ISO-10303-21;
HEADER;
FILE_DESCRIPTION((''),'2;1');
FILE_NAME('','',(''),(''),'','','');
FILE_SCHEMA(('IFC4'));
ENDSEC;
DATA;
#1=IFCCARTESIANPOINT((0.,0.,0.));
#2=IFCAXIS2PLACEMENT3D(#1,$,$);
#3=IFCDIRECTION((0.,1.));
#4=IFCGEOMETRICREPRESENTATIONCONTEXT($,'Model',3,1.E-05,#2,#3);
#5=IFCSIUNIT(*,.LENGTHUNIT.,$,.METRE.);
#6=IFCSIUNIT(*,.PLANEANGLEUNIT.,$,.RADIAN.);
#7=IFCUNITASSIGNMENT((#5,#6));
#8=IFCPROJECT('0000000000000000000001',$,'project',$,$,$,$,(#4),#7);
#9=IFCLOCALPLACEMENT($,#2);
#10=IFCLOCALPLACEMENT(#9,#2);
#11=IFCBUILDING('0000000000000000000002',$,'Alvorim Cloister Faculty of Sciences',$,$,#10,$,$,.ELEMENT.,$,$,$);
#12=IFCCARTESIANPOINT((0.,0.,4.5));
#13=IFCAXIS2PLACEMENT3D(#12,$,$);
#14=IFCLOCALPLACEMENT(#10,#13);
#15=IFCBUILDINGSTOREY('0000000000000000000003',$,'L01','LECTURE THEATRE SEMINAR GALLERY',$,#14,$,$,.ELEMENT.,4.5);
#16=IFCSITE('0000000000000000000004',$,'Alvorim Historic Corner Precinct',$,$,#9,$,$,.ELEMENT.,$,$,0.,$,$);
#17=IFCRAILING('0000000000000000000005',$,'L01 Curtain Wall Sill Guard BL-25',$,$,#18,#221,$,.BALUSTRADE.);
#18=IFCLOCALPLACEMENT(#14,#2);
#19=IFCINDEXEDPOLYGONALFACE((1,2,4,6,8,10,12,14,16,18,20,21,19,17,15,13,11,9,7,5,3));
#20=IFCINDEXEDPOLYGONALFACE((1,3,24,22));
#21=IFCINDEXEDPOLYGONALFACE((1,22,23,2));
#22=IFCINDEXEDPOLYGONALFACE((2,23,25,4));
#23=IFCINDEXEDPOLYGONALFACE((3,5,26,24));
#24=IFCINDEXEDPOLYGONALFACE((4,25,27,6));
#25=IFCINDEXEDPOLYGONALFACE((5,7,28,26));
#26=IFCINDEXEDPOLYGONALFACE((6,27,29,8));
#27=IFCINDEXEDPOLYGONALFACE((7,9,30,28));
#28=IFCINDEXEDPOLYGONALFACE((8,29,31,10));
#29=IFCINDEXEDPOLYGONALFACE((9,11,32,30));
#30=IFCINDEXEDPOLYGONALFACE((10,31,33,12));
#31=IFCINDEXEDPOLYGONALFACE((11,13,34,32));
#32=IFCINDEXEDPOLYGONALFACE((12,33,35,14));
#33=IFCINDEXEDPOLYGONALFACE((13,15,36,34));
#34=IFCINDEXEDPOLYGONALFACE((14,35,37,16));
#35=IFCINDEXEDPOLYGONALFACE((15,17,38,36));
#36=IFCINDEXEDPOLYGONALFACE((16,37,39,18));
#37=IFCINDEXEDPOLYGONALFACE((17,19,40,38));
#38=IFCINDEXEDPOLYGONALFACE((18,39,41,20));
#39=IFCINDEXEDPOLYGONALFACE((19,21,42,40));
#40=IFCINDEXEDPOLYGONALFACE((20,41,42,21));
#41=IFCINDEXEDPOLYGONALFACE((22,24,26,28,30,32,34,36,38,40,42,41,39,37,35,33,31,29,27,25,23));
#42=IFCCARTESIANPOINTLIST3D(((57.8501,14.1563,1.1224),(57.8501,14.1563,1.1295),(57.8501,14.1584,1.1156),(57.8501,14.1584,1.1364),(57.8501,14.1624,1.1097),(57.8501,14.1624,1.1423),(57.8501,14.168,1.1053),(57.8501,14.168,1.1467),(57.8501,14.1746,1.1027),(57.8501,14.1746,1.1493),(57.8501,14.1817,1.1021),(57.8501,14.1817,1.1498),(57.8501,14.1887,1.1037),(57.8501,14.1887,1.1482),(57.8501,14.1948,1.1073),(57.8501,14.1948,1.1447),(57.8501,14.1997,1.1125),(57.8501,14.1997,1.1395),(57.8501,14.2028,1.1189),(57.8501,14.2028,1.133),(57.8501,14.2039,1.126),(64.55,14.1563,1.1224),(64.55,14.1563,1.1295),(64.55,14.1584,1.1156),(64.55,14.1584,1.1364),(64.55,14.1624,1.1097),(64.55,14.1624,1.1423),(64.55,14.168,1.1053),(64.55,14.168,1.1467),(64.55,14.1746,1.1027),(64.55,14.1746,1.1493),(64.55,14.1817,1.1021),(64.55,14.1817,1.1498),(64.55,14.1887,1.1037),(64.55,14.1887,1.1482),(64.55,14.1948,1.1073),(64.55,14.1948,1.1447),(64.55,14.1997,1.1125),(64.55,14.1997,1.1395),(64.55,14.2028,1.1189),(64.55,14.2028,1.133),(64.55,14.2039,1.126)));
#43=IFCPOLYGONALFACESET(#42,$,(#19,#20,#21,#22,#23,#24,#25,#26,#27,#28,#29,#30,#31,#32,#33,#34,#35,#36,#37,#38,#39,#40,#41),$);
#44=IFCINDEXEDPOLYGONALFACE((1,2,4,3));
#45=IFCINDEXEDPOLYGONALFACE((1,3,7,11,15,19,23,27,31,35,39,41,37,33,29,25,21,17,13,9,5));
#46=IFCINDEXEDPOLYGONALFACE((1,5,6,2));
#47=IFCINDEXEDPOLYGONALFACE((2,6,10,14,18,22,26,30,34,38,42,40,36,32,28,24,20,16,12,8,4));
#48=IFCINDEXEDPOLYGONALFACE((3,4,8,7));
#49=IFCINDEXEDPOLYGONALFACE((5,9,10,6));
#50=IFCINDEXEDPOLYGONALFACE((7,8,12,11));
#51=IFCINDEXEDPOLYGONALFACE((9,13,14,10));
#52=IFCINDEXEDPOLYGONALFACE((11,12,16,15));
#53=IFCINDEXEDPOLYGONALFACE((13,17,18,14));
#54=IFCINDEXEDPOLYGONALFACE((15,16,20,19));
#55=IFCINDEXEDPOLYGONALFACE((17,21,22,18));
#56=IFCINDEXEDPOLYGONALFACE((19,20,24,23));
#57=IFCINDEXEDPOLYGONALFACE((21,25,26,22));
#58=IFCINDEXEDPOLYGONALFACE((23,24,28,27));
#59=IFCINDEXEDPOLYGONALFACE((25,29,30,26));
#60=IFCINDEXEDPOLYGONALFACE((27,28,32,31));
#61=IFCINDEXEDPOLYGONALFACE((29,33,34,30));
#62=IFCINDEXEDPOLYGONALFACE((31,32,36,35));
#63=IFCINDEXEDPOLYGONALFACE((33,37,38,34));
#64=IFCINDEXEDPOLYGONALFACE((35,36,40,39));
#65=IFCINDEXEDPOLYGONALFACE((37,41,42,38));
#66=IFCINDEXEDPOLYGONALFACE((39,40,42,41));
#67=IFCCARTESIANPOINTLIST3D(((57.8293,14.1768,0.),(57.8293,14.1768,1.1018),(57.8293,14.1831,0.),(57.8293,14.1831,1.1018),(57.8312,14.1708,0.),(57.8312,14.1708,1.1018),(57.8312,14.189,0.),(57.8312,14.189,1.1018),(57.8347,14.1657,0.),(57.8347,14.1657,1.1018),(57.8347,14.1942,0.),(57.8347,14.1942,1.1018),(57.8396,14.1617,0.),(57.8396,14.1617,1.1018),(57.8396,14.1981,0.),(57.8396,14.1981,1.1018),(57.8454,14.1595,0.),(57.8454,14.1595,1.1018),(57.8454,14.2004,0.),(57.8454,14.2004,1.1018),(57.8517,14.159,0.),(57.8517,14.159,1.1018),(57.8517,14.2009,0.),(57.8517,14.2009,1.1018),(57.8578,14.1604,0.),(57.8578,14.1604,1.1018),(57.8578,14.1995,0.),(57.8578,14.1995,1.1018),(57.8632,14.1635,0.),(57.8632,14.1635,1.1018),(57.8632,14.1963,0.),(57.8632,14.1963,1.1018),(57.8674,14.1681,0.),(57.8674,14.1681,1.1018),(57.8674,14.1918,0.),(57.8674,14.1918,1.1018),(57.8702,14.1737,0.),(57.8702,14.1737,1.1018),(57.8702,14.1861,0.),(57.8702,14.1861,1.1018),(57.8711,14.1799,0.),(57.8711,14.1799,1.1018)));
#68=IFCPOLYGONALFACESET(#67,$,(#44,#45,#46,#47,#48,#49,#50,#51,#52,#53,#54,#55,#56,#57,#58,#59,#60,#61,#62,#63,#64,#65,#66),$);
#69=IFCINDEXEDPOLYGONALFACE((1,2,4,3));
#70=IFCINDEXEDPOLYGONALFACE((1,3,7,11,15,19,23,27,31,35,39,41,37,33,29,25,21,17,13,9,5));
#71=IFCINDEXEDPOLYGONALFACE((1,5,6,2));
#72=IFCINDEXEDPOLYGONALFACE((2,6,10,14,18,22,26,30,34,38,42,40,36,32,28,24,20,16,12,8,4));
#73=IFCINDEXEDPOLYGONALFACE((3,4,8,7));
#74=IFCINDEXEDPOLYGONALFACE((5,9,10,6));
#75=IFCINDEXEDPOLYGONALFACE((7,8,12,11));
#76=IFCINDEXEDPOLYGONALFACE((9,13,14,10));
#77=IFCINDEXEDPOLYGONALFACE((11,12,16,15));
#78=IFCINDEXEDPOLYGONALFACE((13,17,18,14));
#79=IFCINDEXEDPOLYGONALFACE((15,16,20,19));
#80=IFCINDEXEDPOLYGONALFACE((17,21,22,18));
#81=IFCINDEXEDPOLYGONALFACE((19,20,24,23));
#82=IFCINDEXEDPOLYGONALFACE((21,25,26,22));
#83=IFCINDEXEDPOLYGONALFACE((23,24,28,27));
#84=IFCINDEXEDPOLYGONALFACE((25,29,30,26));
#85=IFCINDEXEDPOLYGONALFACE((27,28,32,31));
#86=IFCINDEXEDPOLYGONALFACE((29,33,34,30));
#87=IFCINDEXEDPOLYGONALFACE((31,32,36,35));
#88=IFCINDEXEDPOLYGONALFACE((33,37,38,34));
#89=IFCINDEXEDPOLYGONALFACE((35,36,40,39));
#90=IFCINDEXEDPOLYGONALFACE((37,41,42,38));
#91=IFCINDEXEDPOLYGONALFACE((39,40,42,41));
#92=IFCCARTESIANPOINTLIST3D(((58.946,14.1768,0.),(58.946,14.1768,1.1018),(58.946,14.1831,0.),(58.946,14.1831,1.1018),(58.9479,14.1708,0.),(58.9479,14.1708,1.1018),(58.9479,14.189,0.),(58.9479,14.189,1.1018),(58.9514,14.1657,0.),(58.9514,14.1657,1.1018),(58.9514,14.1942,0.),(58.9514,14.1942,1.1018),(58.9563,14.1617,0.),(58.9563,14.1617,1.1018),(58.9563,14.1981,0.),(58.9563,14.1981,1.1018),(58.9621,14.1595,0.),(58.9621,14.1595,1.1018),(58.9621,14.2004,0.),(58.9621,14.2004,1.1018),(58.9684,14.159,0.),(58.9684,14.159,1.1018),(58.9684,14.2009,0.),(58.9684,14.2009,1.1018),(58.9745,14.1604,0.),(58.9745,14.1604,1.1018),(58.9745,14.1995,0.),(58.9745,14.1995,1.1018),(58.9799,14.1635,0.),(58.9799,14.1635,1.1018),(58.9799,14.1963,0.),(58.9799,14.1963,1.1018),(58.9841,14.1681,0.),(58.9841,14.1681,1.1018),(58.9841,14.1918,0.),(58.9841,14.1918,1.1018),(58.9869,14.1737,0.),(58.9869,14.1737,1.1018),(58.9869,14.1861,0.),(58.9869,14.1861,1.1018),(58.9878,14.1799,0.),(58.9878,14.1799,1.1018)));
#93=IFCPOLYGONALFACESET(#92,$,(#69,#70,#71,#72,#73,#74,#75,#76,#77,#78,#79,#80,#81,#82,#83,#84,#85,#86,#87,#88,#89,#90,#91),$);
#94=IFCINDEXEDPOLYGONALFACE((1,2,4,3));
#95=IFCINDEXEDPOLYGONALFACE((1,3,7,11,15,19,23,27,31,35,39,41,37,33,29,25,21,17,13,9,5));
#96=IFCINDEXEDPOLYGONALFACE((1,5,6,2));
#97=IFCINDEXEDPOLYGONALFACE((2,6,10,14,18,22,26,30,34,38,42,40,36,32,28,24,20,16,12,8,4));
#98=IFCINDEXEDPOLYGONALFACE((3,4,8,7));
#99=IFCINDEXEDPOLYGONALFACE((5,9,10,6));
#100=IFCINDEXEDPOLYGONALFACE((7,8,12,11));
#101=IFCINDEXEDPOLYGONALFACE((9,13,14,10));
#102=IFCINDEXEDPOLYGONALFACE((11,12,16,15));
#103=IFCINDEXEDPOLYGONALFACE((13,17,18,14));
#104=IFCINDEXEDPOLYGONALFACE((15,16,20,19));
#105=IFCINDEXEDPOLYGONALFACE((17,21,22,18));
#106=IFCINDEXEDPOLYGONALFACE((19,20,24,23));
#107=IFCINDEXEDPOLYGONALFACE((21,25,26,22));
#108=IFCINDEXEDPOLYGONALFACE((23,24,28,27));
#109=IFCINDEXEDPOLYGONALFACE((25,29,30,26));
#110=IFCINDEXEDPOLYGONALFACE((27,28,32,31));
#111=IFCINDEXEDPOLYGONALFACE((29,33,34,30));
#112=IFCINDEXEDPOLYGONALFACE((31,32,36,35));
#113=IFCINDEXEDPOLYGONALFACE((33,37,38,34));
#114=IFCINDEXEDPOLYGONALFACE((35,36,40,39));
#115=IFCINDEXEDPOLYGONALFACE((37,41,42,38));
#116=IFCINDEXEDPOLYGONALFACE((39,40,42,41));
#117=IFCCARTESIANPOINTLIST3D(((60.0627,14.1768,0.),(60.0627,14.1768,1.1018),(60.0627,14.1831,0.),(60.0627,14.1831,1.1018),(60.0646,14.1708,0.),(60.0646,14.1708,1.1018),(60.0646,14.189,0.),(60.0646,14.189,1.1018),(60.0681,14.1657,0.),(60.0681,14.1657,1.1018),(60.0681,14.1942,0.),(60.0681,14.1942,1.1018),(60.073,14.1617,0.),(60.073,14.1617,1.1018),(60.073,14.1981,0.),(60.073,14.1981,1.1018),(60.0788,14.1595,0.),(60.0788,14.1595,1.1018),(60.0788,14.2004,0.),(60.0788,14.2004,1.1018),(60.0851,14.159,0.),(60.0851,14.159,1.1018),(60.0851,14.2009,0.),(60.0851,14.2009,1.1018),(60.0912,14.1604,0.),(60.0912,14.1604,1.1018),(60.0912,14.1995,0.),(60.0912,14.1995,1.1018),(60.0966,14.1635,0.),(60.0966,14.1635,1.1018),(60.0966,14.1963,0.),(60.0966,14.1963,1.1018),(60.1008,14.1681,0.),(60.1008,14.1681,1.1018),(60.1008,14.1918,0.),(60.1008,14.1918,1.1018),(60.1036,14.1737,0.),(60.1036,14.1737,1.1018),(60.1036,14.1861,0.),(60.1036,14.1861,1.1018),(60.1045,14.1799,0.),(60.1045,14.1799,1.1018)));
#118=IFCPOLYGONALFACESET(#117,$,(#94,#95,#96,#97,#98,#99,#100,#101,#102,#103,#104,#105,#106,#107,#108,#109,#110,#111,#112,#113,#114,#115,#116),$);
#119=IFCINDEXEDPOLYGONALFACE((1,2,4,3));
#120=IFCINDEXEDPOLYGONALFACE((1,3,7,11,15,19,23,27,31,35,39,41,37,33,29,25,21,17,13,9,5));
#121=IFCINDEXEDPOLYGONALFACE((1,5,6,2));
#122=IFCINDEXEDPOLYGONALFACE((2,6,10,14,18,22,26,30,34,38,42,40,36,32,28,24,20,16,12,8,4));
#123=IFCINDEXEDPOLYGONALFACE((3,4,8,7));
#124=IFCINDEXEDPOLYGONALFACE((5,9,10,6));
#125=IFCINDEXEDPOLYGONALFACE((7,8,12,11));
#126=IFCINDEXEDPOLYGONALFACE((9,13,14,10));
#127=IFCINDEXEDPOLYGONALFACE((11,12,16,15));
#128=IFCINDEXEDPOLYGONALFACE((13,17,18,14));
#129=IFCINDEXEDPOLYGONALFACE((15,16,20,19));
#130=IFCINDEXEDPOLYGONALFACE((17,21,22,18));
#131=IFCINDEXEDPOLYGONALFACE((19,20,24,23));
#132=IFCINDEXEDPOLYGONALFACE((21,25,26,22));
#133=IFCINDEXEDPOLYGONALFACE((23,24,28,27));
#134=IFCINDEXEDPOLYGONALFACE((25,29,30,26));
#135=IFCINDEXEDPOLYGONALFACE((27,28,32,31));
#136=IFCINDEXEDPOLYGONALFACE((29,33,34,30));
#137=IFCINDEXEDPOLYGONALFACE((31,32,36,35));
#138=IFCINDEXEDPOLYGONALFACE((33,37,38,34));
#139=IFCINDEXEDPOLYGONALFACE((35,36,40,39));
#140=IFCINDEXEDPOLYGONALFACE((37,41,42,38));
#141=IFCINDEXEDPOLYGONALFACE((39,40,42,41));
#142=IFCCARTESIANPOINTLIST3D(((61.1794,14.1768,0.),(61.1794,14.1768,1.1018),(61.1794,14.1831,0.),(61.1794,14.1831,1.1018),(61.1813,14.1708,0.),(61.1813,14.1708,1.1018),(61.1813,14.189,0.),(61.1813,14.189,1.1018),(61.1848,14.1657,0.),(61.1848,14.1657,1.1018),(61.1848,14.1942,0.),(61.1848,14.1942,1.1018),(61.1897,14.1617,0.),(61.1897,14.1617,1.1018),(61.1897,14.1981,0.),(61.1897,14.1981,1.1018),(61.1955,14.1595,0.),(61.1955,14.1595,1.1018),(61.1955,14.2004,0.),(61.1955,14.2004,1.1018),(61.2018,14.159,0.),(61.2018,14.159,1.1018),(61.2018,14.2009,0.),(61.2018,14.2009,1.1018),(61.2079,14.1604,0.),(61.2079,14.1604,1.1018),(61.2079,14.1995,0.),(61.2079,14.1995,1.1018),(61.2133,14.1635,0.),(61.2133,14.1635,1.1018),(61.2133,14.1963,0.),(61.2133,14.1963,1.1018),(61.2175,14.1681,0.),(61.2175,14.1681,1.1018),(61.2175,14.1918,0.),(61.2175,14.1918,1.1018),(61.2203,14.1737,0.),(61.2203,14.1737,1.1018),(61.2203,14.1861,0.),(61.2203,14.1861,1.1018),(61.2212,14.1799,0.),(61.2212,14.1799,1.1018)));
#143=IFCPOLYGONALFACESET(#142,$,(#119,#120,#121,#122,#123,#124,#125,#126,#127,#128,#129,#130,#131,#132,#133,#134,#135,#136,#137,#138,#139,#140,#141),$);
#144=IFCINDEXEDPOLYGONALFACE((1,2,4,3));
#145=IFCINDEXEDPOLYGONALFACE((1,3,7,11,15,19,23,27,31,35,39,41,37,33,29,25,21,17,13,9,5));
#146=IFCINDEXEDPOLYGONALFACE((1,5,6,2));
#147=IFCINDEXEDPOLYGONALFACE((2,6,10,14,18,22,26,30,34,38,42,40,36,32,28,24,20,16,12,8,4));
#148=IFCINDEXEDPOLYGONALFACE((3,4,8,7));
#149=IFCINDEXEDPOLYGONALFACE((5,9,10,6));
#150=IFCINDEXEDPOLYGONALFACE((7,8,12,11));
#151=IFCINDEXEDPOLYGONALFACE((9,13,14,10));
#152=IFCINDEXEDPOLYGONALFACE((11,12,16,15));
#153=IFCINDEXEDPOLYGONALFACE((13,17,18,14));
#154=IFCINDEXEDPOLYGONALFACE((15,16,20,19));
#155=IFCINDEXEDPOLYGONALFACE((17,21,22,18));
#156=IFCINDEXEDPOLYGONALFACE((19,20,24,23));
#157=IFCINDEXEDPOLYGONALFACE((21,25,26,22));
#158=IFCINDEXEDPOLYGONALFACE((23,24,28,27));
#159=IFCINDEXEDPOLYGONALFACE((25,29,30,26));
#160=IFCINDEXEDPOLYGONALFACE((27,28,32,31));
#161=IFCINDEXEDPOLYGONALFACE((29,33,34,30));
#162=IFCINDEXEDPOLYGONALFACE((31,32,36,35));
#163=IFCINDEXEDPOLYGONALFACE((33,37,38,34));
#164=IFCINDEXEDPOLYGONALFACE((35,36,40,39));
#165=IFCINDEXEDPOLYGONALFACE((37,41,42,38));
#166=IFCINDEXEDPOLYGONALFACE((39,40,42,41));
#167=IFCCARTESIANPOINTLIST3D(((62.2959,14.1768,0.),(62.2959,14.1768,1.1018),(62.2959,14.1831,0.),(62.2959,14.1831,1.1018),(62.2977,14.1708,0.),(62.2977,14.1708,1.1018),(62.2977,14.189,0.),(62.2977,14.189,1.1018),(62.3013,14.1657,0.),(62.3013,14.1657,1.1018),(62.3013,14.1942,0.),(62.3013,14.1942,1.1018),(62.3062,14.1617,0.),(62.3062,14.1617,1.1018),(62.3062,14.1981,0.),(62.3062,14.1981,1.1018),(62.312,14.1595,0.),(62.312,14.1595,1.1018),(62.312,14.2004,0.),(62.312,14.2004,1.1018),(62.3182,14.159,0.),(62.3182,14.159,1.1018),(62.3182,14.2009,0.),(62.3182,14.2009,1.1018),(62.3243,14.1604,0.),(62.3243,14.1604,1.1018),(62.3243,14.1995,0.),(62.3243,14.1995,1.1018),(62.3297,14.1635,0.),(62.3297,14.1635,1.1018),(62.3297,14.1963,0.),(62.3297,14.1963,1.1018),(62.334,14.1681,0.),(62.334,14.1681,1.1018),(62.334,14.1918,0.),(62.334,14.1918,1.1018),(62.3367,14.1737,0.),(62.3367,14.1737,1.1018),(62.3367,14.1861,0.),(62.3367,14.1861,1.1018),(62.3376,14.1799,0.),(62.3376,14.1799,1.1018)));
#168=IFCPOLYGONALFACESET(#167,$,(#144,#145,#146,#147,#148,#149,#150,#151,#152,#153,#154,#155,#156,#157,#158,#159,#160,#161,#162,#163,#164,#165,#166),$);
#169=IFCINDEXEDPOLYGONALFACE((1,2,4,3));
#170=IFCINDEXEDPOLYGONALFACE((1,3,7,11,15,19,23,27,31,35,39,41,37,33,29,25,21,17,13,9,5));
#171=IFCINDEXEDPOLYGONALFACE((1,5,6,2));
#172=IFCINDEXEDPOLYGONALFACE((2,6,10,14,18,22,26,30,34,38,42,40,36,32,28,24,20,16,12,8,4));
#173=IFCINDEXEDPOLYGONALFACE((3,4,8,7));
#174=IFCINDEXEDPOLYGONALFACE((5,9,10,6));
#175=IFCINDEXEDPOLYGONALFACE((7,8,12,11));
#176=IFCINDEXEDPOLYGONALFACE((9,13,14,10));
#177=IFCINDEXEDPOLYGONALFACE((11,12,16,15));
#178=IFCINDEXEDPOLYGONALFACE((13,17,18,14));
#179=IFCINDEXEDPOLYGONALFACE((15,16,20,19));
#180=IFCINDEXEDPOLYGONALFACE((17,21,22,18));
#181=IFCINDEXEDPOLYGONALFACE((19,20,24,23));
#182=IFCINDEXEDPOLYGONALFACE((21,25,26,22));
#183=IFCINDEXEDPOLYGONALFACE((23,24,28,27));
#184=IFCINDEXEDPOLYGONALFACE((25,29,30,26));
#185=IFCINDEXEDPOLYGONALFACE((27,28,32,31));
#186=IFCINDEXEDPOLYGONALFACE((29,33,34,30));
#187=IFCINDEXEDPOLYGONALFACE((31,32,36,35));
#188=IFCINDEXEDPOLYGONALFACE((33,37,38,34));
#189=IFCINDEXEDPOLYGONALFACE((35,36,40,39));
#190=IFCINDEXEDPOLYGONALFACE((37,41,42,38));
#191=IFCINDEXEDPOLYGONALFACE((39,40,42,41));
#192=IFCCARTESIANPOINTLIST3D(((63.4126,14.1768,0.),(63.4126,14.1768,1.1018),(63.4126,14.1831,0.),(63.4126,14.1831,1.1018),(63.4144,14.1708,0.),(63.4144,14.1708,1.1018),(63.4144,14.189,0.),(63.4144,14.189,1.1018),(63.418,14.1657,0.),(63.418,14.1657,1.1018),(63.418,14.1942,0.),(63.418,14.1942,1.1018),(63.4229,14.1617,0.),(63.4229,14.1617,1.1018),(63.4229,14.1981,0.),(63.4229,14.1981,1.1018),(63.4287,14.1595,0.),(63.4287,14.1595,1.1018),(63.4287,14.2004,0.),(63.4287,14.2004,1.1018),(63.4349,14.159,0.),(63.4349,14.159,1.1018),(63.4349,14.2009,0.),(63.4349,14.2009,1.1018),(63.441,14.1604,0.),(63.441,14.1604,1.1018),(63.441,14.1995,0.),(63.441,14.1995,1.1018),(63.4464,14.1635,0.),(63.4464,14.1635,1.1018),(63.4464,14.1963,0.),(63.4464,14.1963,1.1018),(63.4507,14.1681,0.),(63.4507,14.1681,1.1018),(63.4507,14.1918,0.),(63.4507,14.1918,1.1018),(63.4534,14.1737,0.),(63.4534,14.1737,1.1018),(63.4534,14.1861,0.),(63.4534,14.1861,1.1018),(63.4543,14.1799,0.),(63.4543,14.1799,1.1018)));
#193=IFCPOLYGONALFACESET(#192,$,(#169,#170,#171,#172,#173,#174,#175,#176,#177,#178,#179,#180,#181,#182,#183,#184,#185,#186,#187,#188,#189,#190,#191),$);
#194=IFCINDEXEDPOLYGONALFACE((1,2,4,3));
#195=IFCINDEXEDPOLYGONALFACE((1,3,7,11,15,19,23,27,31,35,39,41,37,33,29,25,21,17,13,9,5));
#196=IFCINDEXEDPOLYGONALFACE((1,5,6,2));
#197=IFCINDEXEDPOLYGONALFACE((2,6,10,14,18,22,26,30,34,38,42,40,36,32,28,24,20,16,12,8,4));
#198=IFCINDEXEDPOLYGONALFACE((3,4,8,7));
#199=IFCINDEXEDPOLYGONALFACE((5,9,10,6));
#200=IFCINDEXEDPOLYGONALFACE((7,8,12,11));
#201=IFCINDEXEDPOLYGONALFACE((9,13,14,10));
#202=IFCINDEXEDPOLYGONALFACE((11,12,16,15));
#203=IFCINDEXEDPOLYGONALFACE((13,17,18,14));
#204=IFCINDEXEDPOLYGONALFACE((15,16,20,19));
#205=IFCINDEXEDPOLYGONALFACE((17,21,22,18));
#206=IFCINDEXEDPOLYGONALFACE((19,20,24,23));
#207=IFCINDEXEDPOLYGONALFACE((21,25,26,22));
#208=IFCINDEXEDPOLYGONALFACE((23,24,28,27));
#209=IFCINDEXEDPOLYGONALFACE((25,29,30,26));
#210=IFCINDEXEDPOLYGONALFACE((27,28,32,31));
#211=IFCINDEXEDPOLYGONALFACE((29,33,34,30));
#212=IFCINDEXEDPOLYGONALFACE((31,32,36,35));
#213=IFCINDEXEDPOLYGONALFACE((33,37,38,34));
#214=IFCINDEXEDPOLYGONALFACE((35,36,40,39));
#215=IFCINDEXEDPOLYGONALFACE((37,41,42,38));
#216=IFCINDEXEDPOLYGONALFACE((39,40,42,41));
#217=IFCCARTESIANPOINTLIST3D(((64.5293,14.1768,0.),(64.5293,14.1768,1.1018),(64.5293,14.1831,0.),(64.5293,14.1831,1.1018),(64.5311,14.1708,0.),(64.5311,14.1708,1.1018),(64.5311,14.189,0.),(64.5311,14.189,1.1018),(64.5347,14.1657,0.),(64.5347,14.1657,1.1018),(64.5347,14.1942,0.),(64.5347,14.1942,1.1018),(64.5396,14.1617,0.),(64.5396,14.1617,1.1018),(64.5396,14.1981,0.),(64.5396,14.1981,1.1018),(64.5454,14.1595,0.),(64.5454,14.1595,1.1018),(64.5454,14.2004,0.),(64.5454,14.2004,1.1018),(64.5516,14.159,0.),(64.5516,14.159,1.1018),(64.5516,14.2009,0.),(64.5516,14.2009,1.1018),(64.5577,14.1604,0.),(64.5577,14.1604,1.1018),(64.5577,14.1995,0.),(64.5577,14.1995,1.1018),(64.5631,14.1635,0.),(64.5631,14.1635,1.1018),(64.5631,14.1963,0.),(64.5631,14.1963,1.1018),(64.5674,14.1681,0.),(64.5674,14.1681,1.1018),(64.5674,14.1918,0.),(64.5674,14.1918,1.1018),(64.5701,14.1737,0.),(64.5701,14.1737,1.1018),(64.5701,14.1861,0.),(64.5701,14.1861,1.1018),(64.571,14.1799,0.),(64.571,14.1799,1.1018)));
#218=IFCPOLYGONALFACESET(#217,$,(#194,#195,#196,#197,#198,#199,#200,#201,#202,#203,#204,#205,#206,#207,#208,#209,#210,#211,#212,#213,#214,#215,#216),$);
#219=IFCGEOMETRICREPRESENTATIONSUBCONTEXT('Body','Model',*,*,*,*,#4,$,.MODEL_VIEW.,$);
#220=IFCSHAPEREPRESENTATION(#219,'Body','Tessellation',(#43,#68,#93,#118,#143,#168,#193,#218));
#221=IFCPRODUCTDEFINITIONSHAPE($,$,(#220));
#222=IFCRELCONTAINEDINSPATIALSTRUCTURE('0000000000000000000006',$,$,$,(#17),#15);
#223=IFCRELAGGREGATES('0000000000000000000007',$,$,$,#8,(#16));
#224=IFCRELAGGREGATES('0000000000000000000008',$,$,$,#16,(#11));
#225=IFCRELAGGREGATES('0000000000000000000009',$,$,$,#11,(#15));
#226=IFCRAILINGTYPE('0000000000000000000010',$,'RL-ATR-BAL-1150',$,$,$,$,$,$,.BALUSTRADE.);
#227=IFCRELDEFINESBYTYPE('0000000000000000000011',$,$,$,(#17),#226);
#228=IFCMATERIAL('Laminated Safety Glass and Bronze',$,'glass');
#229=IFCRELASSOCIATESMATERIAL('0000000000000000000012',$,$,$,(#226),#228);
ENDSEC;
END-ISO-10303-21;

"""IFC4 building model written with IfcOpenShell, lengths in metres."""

from ifc_helpers import new_model, si_unit, direction, frame, origin, origin_2d, place, context, subcontext, project, spatial, circle, extrude, material, type_object, element, save


model = new_model("IFC4")

# Units and contexts
model_context = context("Model", 3, precision=1e-05, world=origin(), true_north=direction((0.0, 1.0)))
body_context = subcontext(model_context, "Body", "Model", "MODEL_VIEW")
ifc_project = project(units=[si_unit("LENGTHUNIT", "METRE"), si_unit("PLANEANGLEUNIT", "RADIAN")], contexts=[model_context])

# Site, building, storey
site_placement = place(None, origin())
site = spatial("IfcSite", under=ifc_project, at=site_placement, Name="Alvorim Historic Corner Precinct", CompositionType="ELEMENT", RefElevation=0.0)
building_placement = place(site_placement, origin())
building = spatial("IfcBuilding", under=site, at=building_placement, Name="Alvorim Cloister Faculty of Sciences", CompositionType="ELEMENT")
storey_placement = place(building_placement, frame((0.0, 0.0, 4.5)))
storey = spatial("IfcBuildingStorey", under=building, at=storey_placement, Name="L01", Description="LECTURE THEATRE SEMINAR GALLERY", CompositionType="ELEMENT", Elevation=4.5)

# Railing
ifc_material_1 = material(Name="Laminated Safety Glass and Bronze", Category="glass")
railing_type = type_object("IfcRailingType", Name="RL-ATR-BAL-1150", PredefinedType="BALUSTRADE", material=ifc_material_1)
railing_placement = place(storey_placement, frame((57.8501, 14.1799, 0.0)))
element("IfcRailing", 1, at=railing_placement, inside=storey, type_object=railing_type, Name="L01 Curtain Wall Sill Guard BL-25", PredefinedType="BALUSTRADE", context=body_context, shape_type="SweptSolid", body=[
    extrude(circle(Radius=0.0239, at=origin_2d()), frame((0.0, 0.0, 1.126), z_axis=(1.0, 0.0, 0.0), x_axis=(0.0, 1.0, 0.0)), (0.0, 0.0, 1.0), 6.7),
    extrude(circle(Radius=0.021, at=origin_2d()), origin(), (0.0, 0.0, 1.0), 1.1018),
    extrude(circle(Radius=0.021, at=origin_2d()), frame((1.1167, 0.0, 0.0)), (0.0, 0.0, 1.0), 1.1018),
    extrude(circle(Radius=0.021, at=origin_2d()), frame((2.2334, 0.0, 0.0)), (0.0, 0.0, 1.0), 1.1018),
    extrude(circle(Radius=0.021, at=origin_2d()), frame((3.3501, 0.0, 0.0)), (0.0, 0.0, 1.0), 1.1018),
    extrude(circle(Radius=0.021, at=origin_2d()), frame((4.4666, 0.0, 0.0)), (0.0, 0.0, 1.0), 1.1018),
    extrude(circle(Radius=0.021, at=origin_2d()), frame((5.5833, 0.0, 0.0)), (0.0, 0.0, 1.0), 1.1018),
    extrude(circle(Radius=0.021, at=origin_2d()), frame((6.7, 0.0, 0.0)), (0.0, 0.0, 1.0), 1.1018),
])

save(model, "model.ifc")
